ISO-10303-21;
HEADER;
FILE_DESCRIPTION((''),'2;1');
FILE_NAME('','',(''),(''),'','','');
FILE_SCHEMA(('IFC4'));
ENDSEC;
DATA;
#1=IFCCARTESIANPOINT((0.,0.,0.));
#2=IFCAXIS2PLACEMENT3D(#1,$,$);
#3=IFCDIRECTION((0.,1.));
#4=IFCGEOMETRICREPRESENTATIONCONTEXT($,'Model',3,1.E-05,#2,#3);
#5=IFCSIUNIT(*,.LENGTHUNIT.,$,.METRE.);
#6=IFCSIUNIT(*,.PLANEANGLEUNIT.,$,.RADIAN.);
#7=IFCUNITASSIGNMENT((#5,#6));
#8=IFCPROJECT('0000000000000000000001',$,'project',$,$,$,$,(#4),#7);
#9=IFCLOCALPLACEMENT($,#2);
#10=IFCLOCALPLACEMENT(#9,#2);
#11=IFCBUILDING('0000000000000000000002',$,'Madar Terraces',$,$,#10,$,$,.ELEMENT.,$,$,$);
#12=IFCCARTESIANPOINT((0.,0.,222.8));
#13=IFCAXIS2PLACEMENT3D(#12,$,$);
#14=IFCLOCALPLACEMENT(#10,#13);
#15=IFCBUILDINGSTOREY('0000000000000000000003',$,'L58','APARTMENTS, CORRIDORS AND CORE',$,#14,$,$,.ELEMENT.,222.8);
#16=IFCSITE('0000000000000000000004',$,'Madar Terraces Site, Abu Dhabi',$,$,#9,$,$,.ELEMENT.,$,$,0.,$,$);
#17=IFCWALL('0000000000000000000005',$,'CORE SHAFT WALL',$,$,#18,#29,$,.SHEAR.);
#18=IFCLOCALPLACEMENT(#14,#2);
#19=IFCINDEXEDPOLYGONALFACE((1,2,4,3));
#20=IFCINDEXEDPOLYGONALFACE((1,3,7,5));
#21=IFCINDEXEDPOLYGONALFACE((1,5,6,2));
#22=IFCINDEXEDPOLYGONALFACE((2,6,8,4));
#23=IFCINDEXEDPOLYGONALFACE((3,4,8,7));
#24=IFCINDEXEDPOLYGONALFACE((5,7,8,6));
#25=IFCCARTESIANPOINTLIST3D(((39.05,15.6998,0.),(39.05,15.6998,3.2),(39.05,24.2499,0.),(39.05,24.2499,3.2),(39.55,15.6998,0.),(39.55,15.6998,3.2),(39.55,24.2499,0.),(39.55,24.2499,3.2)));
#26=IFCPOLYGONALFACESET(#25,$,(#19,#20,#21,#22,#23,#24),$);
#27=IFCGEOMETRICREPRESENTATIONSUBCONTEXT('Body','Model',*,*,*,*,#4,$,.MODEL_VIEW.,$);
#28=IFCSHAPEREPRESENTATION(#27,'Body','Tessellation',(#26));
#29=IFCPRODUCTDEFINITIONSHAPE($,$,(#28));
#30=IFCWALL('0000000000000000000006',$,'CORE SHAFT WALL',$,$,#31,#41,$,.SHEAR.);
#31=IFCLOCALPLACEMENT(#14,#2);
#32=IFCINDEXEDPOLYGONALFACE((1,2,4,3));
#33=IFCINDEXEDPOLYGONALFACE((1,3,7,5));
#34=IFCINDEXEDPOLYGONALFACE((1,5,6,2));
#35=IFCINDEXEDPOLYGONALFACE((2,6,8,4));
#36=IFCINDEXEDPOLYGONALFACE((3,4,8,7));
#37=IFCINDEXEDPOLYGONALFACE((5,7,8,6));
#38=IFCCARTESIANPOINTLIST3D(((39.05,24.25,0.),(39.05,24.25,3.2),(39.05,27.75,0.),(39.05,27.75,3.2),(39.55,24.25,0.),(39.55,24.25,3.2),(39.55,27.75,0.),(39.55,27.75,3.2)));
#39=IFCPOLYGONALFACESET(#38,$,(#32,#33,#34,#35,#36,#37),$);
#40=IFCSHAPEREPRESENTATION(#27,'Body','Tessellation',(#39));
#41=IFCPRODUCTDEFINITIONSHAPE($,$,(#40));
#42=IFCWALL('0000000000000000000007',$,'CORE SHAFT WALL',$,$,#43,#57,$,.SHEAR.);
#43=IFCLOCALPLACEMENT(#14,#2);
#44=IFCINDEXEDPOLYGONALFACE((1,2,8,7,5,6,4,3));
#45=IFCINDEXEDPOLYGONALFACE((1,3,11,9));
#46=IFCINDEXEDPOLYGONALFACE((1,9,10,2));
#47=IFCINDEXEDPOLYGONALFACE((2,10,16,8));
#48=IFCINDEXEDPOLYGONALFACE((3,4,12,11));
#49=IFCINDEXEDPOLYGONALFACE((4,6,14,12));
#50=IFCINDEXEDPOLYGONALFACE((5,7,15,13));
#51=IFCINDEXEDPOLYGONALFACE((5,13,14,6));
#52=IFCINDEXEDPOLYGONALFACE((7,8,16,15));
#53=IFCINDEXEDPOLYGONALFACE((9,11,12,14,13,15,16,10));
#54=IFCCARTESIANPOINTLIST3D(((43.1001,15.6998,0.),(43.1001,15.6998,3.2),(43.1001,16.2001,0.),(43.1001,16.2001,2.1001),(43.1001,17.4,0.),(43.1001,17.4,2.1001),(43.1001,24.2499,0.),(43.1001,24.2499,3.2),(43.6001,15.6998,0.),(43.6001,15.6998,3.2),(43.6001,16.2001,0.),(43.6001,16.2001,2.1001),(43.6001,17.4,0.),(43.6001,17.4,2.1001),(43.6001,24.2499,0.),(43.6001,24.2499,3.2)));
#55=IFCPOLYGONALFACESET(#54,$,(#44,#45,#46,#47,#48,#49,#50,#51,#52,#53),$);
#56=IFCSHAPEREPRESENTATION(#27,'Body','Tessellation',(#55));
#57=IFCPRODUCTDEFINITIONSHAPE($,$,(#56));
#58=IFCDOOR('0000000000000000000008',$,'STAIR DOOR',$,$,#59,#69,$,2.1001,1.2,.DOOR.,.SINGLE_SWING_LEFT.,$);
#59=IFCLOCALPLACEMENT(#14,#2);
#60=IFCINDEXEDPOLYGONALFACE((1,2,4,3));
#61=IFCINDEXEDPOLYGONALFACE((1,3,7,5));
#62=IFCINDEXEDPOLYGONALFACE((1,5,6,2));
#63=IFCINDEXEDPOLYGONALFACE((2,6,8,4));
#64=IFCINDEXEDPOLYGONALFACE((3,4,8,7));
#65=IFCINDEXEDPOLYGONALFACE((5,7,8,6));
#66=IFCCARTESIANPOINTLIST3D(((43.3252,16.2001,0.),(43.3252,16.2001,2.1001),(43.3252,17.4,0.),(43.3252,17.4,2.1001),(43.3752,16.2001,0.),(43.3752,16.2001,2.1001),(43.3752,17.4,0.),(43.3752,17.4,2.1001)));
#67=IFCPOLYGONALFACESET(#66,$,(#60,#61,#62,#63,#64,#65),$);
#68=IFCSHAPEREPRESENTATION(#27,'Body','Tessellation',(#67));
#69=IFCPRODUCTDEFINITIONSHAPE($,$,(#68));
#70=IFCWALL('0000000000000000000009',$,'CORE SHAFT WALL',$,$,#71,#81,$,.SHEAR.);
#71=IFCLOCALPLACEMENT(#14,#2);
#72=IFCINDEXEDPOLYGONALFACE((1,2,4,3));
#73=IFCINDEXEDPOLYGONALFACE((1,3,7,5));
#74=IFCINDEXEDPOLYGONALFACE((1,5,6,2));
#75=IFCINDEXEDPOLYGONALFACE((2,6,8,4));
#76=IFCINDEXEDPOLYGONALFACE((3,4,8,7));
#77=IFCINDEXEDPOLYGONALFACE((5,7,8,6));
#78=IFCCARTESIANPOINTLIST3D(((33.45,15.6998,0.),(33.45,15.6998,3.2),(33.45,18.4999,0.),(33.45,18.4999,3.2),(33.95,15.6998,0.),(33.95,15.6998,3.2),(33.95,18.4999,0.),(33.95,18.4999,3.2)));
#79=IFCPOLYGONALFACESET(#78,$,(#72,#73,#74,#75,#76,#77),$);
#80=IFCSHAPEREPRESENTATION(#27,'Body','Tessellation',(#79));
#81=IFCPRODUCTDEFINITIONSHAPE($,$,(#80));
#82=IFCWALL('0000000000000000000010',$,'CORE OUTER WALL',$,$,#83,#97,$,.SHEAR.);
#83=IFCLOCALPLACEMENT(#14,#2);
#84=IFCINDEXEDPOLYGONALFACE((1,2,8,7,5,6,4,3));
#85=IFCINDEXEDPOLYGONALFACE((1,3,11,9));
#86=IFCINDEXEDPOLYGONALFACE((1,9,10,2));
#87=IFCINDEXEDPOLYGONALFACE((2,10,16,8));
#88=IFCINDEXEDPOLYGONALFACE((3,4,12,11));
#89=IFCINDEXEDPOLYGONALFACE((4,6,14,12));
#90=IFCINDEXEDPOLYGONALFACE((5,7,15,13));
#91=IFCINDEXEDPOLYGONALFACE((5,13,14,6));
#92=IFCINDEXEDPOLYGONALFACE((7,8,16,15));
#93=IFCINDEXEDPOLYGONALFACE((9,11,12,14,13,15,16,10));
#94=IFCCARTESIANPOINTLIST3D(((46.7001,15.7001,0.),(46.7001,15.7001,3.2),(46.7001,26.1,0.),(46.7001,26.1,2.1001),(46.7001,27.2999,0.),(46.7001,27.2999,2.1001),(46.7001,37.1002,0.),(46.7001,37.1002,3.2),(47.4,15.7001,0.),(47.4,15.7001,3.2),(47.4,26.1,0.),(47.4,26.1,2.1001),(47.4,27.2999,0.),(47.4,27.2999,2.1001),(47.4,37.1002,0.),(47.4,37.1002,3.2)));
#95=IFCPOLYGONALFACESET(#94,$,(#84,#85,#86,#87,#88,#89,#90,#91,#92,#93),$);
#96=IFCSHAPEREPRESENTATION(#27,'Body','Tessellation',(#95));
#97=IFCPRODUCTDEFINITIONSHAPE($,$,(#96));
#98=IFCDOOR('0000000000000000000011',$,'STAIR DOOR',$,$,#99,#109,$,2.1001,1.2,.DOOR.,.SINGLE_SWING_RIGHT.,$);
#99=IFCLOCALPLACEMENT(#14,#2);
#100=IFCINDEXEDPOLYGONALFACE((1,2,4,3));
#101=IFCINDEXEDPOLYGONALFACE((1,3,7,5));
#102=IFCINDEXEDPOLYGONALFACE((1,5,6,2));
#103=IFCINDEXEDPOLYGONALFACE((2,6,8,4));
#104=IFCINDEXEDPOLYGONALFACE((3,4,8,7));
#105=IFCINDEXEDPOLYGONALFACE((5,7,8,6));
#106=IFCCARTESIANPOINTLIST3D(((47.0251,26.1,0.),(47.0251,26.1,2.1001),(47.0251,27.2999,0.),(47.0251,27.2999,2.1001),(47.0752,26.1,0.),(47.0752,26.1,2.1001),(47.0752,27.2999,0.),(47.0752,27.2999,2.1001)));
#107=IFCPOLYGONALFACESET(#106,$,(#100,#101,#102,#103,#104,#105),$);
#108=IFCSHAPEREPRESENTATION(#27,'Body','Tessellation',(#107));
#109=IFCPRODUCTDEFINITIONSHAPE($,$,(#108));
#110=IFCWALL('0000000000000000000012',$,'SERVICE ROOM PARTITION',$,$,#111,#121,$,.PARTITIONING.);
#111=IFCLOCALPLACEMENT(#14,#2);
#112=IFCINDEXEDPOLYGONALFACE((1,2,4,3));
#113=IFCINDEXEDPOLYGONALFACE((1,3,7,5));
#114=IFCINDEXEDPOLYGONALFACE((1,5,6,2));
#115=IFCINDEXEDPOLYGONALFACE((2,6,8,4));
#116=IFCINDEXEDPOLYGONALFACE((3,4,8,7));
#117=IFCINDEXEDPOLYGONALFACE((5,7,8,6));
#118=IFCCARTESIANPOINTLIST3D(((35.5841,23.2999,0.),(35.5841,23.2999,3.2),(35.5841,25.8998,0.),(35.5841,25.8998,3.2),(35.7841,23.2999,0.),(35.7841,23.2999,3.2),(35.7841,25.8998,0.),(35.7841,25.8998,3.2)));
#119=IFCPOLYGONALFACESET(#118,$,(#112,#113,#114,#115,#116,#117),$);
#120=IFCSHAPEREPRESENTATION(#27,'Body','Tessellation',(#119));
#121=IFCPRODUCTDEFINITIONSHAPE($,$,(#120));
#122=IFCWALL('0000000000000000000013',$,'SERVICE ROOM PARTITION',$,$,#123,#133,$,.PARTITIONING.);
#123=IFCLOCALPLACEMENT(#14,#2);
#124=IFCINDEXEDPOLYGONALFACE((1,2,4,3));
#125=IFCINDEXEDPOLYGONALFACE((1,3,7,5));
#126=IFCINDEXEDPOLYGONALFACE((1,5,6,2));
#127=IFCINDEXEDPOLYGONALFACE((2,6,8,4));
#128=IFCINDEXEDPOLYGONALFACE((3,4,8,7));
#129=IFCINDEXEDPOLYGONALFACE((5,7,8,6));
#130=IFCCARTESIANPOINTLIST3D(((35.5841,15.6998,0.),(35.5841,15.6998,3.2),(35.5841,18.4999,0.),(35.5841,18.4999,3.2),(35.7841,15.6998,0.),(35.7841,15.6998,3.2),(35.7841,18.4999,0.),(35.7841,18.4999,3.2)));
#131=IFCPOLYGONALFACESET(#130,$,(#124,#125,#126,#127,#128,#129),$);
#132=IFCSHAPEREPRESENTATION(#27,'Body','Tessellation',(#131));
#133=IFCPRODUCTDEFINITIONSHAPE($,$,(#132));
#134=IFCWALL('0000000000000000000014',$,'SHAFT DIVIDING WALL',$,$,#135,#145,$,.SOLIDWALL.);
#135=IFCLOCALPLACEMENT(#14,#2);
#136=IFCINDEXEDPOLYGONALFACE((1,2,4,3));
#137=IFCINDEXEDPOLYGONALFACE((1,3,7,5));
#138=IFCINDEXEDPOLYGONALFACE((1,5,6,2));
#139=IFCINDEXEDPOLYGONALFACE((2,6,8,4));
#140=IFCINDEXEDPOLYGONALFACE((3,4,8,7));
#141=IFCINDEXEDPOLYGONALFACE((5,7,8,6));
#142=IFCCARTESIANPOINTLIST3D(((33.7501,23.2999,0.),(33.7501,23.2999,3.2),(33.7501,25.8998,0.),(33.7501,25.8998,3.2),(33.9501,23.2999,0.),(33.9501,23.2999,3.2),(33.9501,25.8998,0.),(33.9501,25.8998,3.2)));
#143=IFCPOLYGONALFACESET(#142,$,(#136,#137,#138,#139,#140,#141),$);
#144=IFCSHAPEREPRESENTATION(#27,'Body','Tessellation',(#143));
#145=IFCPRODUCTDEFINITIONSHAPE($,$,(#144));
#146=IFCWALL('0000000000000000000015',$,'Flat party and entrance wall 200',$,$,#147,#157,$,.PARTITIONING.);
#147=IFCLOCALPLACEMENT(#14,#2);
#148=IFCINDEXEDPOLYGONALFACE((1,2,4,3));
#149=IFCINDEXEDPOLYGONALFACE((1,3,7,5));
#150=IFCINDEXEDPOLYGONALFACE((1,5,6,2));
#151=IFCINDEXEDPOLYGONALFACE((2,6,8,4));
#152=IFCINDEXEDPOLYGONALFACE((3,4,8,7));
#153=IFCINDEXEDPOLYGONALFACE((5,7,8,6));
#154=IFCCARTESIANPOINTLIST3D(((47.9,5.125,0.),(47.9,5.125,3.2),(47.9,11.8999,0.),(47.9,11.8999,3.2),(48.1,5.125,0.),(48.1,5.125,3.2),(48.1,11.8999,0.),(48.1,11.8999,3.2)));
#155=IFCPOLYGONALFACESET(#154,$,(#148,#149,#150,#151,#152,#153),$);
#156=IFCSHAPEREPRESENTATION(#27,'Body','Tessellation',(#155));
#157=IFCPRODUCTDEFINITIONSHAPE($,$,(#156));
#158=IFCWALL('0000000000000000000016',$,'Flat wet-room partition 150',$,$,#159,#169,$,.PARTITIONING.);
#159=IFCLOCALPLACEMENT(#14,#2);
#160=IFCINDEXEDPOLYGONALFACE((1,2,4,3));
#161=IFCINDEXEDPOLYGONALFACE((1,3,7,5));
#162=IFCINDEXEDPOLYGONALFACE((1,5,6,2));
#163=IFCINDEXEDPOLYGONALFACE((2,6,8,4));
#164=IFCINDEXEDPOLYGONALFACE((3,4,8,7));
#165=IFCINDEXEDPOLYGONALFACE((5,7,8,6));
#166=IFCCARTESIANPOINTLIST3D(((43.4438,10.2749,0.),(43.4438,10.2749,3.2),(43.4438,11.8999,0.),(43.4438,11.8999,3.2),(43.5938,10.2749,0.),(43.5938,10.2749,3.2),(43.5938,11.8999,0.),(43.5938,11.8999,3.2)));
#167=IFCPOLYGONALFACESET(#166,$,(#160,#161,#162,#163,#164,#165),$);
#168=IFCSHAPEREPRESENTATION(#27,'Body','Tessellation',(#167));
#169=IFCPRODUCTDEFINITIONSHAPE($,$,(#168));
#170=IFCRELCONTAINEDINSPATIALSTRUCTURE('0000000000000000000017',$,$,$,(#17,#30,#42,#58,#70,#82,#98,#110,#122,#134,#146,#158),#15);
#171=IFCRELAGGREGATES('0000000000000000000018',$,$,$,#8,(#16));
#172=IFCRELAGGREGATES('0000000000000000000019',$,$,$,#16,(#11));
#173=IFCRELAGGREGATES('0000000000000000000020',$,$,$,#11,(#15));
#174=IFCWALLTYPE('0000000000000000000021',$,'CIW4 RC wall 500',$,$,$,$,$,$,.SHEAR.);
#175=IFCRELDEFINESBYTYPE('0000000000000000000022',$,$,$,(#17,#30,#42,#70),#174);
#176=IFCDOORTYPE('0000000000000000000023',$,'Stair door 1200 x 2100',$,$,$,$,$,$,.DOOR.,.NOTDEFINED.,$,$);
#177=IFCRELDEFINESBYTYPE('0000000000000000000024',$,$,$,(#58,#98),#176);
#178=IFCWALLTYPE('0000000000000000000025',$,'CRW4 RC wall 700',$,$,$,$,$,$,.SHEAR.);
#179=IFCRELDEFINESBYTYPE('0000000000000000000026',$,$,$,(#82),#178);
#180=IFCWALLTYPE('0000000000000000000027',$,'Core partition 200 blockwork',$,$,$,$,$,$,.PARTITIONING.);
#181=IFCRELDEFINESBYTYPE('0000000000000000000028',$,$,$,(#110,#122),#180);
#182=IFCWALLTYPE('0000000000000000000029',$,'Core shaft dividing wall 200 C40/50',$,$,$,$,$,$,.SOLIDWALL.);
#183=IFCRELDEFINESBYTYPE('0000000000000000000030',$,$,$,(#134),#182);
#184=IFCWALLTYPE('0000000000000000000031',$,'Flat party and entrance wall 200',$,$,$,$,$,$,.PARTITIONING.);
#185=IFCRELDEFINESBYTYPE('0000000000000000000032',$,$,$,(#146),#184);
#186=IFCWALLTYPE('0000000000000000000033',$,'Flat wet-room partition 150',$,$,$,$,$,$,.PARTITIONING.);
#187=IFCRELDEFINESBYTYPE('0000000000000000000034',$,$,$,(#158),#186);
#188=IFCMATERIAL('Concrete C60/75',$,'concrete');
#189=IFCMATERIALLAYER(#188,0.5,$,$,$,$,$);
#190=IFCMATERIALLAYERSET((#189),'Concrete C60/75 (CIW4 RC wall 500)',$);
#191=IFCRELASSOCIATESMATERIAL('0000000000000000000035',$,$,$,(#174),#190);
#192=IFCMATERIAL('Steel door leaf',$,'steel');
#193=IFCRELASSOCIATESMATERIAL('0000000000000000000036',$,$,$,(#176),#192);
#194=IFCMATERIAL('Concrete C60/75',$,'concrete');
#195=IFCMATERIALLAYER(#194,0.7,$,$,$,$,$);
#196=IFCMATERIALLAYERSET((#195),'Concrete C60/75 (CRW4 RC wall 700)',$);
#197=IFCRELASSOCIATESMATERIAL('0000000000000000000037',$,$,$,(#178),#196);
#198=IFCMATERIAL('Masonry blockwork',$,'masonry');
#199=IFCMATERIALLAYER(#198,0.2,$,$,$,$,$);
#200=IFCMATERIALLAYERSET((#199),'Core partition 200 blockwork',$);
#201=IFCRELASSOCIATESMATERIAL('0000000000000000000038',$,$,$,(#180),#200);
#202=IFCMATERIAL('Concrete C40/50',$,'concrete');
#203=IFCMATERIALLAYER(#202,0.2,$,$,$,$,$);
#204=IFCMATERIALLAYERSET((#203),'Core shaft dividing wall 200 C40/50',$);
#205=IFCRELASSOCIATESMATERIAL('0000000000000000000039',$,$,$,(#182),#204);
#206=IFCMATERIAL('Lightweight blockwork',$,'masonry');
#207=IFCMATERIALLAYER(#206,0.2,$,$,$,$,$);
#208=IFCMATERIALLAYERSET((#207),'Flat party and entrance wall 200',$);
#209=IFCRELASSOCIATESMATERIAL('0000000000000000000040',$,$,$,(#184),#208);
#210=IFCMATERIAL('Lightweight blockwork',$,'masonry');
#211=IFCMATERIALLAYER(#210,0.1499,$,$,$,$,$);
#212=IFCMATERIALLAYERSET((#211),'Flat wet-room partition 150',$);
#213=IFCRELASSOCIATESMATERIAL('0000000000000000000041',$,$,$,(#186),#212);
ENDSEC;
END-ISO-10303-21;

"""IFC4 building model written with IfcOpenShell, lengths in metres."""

from ifc_helpers import new_model, si_unit, direction, frame, frame_2d, origin, place, context, subcontext, project, spatial, rectangle, extrude, material, layer, layer_set, type_object, element, fill, save


model = new_model("IFC4")

# Units and contexts
model_context = context("Model", 3, precision=1e-05, world=origin(), true_north=direction((0.0, 1.0)))
body_context = subcontext(model_context, "Body", "Model", "MODEL_VIEW")
ifc_project = project(units=[si_unit("LENGTHUNIT", "METRE"), si_unit("PLANEANGLEUNIT", "RADIAN")], contexts=[model_context])

# Site, building, storey
site_placement = place(None, origin())
site = spatial("IfcSite", under=ifc_project, at=site_placement, Name="Madar Terraces Site, Abu Dhabi", CompositionType="ELEMENT", RefElevation=0.0)
building_placement = place(site_placement, origin())
building = spatial("IfcBuilding", under=site, at=building_placement, Name="Madar Terraces", CompositionType="ELEMENT")
storey_placement = place(building_placement, frame((0.0, 0.0, 222.8)))
storey = spatial("IfcBuildingStorey", under=building, at=storey_placement, Name="L58", Description="APARTMENTS, CORRIDORS AND CORE", CompositionType="ELEMENT", Elevation=222.8)

# Walls
ifc_material_1 = material(Name="Concrete C60/75", Category="concrete")
ifc_layer_1 = layer(ifc_material_1, 0.5)
ifc_layer_set_1 = layer_set([ifc_layer_1], Name="Concrete C60/75 (CIW4 RC wall 500)")
wall_type_1 = type_object("IfcWallType", Name="CIW4 RC wall 500", PredefinedType="SHEAR", material=ifc_layer_set_1)
wall_1_placement = place(storey_placement, frame((39.3, 15.7, 0.0), z_axis=(0.0, 0.0, 1.0), x_axis=(0.0, 1.0, 0.0)))
element("IfcWall", 1, at=wall_1_placement, inside=storey, type_object=wall_type_1, Name="CORE SHAFT WALL", PredefinedType="SHEAR", context=body_context, shape_type="SweptSolid", body=[
    extrude(rectangle(XDim=8.55, YDim=0.5, at=frame_2d((4.2749, 0.0))), origin(), (0.0, 0.0, 1.0), 3.2),
])
wall_2_placement = place(storey_placement, frame((39.3, 24.25, 0.0), z_axis=(0.0, 0.0, 1.0), x_axis=(0.0, 1.0, 0.0)))
element("IfcWall", 2, at=wall_2_placement, inside=storey, type_object=wall_type_1, Name="CORE SHAFT WALL", PredefinedType="SHEAR", context=body_context, shape_type="SweptSolid", body=[
    extrude(rectangle(XDim=3.5, YDim=0.5, at=frame_2d((1.75, 0.0))), origin(), (0.0, 0.0, 1.0), 3.2),
])

# Wall, opening, door
wall_3_placement = place(storey_placement, frame((43.3501, 15.7, 0.0), z_axis=(0.0, 0.0, 1.0), x_axis=(0.0, 1.0, 0.0)))
wall_3 = element("IfcWall", 3, at=wall_3_placement, inside=storey, type_object=wall_type_1, Name="CORE SHAFT WALL", PredefinedType="SHEAR", context=body_context, shape_type="SweptSolid", body=[
    extrude(rectangle(XDim=8.55, YDim=0.5, at=frame_2d((4.2749, 0.0))), origin(), (0.0, 0.0, 1.0), 3.2),
])
opening_1_placement = place(wall_3_placement, frame((0.5, 0.0, 0.0)))
opening_1 = element("IfcOpeningElement", 4, at=opening_1_placement, cuts=wall_3, PredefinedType="OPENING", context=body_context, shape_type="SweptSolid", body=[
    extrude(rectangle(XDim=1.2, YDim=2.1001, at=frame_2d((0.6001, 1.05))), frame((0.0, 0.26, 0.0), z_axis=(0.0, -1.0, 0.0), x_axis=(1.0, 0.0, 0.0)), (0.0, 0.0, 1.0), 0.52),
])
ifc_material_2 = material(Name="Steel door leaf", Category="steel")
door_type = type_object("IfcDoorType", Name="Stair door 1200 x 2100", OperationType="NOTDEFINED", PredefinedType="DOOR", material=ifc_material_2)
door_1_placement = place(opening_1_placement, origin())
door_1 = element("IfcDoor", 5, at=door_1_placement, inside=storey, type_object=door_type, Name="STAIR DOOR", OperationType="SINGLE_SWING_LEFT", OverallHeight=2.1001, OverallWidth=1.2, PredefinedType="DOOR", context=body_context, shape_type="SweptSolid", body=[
    extrude(rectangle(XDim=1.2, YDim=2.1001, at=frame_2d((0.6001, 1.05))), frame((0.0, 0.0249, 0.0), z_axis=(0.0, -1.0, 0.0), x_axis=(1.0, 0.0, 0.0)), (0.0, 0.0, 1.0), 0.05),
])
fill(opening_1, door_1)

# Wall
wall_4_placement = place(storey_placement, frame((33.7, 15.7, 0.0), z_axis=(0.0, 0.0, 1.0), x_axis=(0.0, 1.0, 0.0)))
element("IfcWall", 6, at=wall_4_placement, inside=storey, type_object=wall_type_1, Name="CORE SHAFT WALL", PredefinedType="SHEAR", context=body_context, shape_type="SweptSolid", body=[
    extrude(rectangle(XDim=2.8, YDim=0.5, at=frame_2d((1.3999, 0.0))), origin(), (0.0, 0.0, 1.0), 3.2),
])

# Wall, opening, door
ifc_material_3 = material(Name="Concrete C60/75", Category="concrete")
ifc_layer_2 = layer(ifc_material_3, 0.7)
ifc_layer_set_2 = layer_set([ifc_layer_2], Name="Concrete C60/75 (CRW4 RC wall 700)")
wall_type_2 = type_object("IfcWallType", Name="CRW4 RC wall 700", PredefinedType="SHEAR", material=ifc_layer_set_2)
wall_5_placement = place(storey_placement, frame((47.05, 15.7, 0.0), z_axis=(0.0, 0.0, 1.0), x_axis=(0.0, 1.0, 0.0)))
wall_5 = element("IfcWall", 7, at=wall_5_placement, inside=storey, type_object=wall_type_2, Name="CORE OUTER WALL", PredefinedType="SHEAR", context=body_context, shape_type="SweptSolid", body=[
    extrude(rectangle(XDim=21.4001, YDim=0.7, at=frame_2d((10.7002, 0.0))), origin(), (0.0, 0.0, 1.0), 3.2),
])
opening_2_placement = place(wall_5_placement, frame((10.3999, 0.0, 0.0)))
opening_2 = element("IfcOpeningElement", 8, at=opening_2_placement, cuts=wall_5, PredefinedType="OPENING", context=body_context, shape_type="SweptSolid", body=[
    extrude(rectangle(XDim=1.2, YDim=2.1001, at=frame_2d((0.6001, 1.05))), frame((0.0, 0.3599, 0.0), z_axis=(0.0, -1.0, 0.0), x_axis=(1.0, 0.0, 0.0)), (0.0, 0.0, 1.0), 0.72),
])
door_2_placement = place(opening_2_placement, origin())
door_2 = element("IfcDoor", 9, at=door_2_placement, inside=storey, type_object=door_type, Name="STAIR DOOR", OperationType="SINGLE_SWING_RIGHT", OverallHeight=2.1001, OverallWidth=1.2, PredefinedType="DOOR", context=body_context, shape_type="SweptSolid", body=[
    extrude(rectangle(XDim=1.2, YDim=2.1001, at=frame_2d((0.6001, 1.05))), frame((0.0, 0.0249, 0.0), z_axis=(0.0, -1.0, 0.0), x_axis=(1.0, 0.0, 0.0)), (0.0, 0.0, 1.0), 0.05),
])
fill(opening_2, door_2)

# Walls
ifc_material_4 = material(Name="Masonry blockwork", Category="masonry")
ifc_layer_3 = layer(ifc_material_4, 0.2)
ifc_layer_set_3 = layer_set([ifc_layer_3], Name="Core partition 200 blockwork")
wall_type_3 = type_object("IfcWallType", Name="Core partition 200 blockwork", PredefinedType="PARTITIONING", material=ifc_layer_set_3)
wall_6_placement = place(storey_placement, frame((35.6841, 23.3, 0.0), z_axis=(0.0, 0.0, 1.0), x_axis=(0.0, 1.0, 0.0)))
element("IfcWall", 10, at=wall_6_placement, inside=storey, type_object=wall_type_3, Name="SERVICE ROOM PARTITION", PredefinedType="PARTITIONING", context=body_context, shape_type="SweptSolid", body=[
    extrude(rectangle(XDim=2.5999, YDim=0.2, at=frame_2d((1.2998, 0.0))), origin(), (0.0, 0.0, 1.0), 3.2),
])
wall_7_placement = place(storey_placement, frame((35.6841, 15.7, 0.0), z_axis=(0.0, 0.0, 1.0), x_axis=(0.0, 1.0, 0.0)))
element("IfcWall", 11, at=wall_7_placement, inside=storey, type_object=wall_type_3, Name="SERVICE ROOM PARTITION", PredefinedType="PARTITIONING", context=body_context, shape_type="SweptSolid", body=[
    extrude(rectangle(XDim=2.8, YDim=0.2, at=frame_2d((1.3999, 0.0))), origin(), (0.0, 0.0, 1.0), 3.2),
])
ifc_material_5 = material(Name="Concrete C40/50", Category="concrete")
ifc_layer_4 = layer(ifc_material_5, 0.2)
ifc_layer_set_4 = layer_set([ifc_layer_4], Name="Core shaft dividing wall 200 C40/50")
wall_type_4 = type_object("IfcWallType", Name="Core shaft dividing wall 200 C40/50", PredefinedType="SOLIDWALL", material=ifc_layer_set_4)
wall_8_placement = place(storey_placement, frame((33.8501, 23.3, 0.0), z_axis=(0.0, 0.0, 1.0), x_axis=(0.0, 1.0, 0.0)))
element("IfcWall", 12, at=wall_8_placement, inside=storey, type_object=wall_type_4, Name="SHAFT DIVIDING WALL", PredefinedType="SOLIDWALL", context=body_context, shape_type="SweptSolid", body=[
    extrude(rectangle(XDim=2.5999, YDim=0.2, at=frame_2d((1.2998, 0.0))), origin(), (0.0, 0.0, 1.0), 3.2),
])
ifc_material_6 = material(Name="Lightweight blockwork", Category="masonry")
ifc_layer_5 = layer(ifc_material_6, 0.2)
ifc_layer_set_5 = layer_set([ifc_layer_5], Name="Flat party and entrance wall 200")
wall_type_5 = type_object("IfcWallType", Name="Flat party and entrance wall 200", PredefinedType="PARTITIONING", material=ifc_layer_set_5)
wall_9_placement = place(storey_placement, frame((48.0, 11.8999, 0.0), z_axis=(0.0, 0.0, 1.0), x_axis=(0.0, -1.0, 0.0)))
element("IfcWall", 13, at=wall_9_placement, inside=storey, type_object=wall_type_5, Name="Flat party and entrance wall 200", PredefinedType="PARTITIONING", context=body_context, shape_type="SweptSolid", body=[
    extrude(rectangle(XDim=6.7749, YDim=0.2, at=frame_2d((3.3875, 0.0))), origin(), (0.0, 0.0, 1.0), 3.2),
])
ifc_material_7 = material(Name="Lightweight blockwork", Category="masonry")
ifc_layer_6 = layer(ifc_material_7, 0.1499)
ifc_layer_set_6 = layer_set([ifc_layer_6], Name="Flat wet-room partition 150")
wall_type_6 = type_object("IfcWallType", Name="Flat wet-room partition 150", PredefinedType="PARTITIONING", material=ifc_layer_set_6)
wall_10_placement = place(storey_placement, frame((43.5188, 11.8999, 0.0), z_axis=(0.0, 0.0, 1.0), x_axis=(0.0, -1.0, 0.0)))
element("IfcWall", 14, at=wall_10_placement, inside=storey, type_object=wall_type_6, Name="Flat wet-room partition 150", PredefinedType="PARTITIONING", context=body_context, shape_type="SweptSolid", body=[
    extrude(rectangle(XDim=1.625, YDim=0.1499, at=frame_2d((0.8125, 0.0))), origin(), (0.0, 0.0, 1.0), 3.2),
])

save(model, "model.ifc")
